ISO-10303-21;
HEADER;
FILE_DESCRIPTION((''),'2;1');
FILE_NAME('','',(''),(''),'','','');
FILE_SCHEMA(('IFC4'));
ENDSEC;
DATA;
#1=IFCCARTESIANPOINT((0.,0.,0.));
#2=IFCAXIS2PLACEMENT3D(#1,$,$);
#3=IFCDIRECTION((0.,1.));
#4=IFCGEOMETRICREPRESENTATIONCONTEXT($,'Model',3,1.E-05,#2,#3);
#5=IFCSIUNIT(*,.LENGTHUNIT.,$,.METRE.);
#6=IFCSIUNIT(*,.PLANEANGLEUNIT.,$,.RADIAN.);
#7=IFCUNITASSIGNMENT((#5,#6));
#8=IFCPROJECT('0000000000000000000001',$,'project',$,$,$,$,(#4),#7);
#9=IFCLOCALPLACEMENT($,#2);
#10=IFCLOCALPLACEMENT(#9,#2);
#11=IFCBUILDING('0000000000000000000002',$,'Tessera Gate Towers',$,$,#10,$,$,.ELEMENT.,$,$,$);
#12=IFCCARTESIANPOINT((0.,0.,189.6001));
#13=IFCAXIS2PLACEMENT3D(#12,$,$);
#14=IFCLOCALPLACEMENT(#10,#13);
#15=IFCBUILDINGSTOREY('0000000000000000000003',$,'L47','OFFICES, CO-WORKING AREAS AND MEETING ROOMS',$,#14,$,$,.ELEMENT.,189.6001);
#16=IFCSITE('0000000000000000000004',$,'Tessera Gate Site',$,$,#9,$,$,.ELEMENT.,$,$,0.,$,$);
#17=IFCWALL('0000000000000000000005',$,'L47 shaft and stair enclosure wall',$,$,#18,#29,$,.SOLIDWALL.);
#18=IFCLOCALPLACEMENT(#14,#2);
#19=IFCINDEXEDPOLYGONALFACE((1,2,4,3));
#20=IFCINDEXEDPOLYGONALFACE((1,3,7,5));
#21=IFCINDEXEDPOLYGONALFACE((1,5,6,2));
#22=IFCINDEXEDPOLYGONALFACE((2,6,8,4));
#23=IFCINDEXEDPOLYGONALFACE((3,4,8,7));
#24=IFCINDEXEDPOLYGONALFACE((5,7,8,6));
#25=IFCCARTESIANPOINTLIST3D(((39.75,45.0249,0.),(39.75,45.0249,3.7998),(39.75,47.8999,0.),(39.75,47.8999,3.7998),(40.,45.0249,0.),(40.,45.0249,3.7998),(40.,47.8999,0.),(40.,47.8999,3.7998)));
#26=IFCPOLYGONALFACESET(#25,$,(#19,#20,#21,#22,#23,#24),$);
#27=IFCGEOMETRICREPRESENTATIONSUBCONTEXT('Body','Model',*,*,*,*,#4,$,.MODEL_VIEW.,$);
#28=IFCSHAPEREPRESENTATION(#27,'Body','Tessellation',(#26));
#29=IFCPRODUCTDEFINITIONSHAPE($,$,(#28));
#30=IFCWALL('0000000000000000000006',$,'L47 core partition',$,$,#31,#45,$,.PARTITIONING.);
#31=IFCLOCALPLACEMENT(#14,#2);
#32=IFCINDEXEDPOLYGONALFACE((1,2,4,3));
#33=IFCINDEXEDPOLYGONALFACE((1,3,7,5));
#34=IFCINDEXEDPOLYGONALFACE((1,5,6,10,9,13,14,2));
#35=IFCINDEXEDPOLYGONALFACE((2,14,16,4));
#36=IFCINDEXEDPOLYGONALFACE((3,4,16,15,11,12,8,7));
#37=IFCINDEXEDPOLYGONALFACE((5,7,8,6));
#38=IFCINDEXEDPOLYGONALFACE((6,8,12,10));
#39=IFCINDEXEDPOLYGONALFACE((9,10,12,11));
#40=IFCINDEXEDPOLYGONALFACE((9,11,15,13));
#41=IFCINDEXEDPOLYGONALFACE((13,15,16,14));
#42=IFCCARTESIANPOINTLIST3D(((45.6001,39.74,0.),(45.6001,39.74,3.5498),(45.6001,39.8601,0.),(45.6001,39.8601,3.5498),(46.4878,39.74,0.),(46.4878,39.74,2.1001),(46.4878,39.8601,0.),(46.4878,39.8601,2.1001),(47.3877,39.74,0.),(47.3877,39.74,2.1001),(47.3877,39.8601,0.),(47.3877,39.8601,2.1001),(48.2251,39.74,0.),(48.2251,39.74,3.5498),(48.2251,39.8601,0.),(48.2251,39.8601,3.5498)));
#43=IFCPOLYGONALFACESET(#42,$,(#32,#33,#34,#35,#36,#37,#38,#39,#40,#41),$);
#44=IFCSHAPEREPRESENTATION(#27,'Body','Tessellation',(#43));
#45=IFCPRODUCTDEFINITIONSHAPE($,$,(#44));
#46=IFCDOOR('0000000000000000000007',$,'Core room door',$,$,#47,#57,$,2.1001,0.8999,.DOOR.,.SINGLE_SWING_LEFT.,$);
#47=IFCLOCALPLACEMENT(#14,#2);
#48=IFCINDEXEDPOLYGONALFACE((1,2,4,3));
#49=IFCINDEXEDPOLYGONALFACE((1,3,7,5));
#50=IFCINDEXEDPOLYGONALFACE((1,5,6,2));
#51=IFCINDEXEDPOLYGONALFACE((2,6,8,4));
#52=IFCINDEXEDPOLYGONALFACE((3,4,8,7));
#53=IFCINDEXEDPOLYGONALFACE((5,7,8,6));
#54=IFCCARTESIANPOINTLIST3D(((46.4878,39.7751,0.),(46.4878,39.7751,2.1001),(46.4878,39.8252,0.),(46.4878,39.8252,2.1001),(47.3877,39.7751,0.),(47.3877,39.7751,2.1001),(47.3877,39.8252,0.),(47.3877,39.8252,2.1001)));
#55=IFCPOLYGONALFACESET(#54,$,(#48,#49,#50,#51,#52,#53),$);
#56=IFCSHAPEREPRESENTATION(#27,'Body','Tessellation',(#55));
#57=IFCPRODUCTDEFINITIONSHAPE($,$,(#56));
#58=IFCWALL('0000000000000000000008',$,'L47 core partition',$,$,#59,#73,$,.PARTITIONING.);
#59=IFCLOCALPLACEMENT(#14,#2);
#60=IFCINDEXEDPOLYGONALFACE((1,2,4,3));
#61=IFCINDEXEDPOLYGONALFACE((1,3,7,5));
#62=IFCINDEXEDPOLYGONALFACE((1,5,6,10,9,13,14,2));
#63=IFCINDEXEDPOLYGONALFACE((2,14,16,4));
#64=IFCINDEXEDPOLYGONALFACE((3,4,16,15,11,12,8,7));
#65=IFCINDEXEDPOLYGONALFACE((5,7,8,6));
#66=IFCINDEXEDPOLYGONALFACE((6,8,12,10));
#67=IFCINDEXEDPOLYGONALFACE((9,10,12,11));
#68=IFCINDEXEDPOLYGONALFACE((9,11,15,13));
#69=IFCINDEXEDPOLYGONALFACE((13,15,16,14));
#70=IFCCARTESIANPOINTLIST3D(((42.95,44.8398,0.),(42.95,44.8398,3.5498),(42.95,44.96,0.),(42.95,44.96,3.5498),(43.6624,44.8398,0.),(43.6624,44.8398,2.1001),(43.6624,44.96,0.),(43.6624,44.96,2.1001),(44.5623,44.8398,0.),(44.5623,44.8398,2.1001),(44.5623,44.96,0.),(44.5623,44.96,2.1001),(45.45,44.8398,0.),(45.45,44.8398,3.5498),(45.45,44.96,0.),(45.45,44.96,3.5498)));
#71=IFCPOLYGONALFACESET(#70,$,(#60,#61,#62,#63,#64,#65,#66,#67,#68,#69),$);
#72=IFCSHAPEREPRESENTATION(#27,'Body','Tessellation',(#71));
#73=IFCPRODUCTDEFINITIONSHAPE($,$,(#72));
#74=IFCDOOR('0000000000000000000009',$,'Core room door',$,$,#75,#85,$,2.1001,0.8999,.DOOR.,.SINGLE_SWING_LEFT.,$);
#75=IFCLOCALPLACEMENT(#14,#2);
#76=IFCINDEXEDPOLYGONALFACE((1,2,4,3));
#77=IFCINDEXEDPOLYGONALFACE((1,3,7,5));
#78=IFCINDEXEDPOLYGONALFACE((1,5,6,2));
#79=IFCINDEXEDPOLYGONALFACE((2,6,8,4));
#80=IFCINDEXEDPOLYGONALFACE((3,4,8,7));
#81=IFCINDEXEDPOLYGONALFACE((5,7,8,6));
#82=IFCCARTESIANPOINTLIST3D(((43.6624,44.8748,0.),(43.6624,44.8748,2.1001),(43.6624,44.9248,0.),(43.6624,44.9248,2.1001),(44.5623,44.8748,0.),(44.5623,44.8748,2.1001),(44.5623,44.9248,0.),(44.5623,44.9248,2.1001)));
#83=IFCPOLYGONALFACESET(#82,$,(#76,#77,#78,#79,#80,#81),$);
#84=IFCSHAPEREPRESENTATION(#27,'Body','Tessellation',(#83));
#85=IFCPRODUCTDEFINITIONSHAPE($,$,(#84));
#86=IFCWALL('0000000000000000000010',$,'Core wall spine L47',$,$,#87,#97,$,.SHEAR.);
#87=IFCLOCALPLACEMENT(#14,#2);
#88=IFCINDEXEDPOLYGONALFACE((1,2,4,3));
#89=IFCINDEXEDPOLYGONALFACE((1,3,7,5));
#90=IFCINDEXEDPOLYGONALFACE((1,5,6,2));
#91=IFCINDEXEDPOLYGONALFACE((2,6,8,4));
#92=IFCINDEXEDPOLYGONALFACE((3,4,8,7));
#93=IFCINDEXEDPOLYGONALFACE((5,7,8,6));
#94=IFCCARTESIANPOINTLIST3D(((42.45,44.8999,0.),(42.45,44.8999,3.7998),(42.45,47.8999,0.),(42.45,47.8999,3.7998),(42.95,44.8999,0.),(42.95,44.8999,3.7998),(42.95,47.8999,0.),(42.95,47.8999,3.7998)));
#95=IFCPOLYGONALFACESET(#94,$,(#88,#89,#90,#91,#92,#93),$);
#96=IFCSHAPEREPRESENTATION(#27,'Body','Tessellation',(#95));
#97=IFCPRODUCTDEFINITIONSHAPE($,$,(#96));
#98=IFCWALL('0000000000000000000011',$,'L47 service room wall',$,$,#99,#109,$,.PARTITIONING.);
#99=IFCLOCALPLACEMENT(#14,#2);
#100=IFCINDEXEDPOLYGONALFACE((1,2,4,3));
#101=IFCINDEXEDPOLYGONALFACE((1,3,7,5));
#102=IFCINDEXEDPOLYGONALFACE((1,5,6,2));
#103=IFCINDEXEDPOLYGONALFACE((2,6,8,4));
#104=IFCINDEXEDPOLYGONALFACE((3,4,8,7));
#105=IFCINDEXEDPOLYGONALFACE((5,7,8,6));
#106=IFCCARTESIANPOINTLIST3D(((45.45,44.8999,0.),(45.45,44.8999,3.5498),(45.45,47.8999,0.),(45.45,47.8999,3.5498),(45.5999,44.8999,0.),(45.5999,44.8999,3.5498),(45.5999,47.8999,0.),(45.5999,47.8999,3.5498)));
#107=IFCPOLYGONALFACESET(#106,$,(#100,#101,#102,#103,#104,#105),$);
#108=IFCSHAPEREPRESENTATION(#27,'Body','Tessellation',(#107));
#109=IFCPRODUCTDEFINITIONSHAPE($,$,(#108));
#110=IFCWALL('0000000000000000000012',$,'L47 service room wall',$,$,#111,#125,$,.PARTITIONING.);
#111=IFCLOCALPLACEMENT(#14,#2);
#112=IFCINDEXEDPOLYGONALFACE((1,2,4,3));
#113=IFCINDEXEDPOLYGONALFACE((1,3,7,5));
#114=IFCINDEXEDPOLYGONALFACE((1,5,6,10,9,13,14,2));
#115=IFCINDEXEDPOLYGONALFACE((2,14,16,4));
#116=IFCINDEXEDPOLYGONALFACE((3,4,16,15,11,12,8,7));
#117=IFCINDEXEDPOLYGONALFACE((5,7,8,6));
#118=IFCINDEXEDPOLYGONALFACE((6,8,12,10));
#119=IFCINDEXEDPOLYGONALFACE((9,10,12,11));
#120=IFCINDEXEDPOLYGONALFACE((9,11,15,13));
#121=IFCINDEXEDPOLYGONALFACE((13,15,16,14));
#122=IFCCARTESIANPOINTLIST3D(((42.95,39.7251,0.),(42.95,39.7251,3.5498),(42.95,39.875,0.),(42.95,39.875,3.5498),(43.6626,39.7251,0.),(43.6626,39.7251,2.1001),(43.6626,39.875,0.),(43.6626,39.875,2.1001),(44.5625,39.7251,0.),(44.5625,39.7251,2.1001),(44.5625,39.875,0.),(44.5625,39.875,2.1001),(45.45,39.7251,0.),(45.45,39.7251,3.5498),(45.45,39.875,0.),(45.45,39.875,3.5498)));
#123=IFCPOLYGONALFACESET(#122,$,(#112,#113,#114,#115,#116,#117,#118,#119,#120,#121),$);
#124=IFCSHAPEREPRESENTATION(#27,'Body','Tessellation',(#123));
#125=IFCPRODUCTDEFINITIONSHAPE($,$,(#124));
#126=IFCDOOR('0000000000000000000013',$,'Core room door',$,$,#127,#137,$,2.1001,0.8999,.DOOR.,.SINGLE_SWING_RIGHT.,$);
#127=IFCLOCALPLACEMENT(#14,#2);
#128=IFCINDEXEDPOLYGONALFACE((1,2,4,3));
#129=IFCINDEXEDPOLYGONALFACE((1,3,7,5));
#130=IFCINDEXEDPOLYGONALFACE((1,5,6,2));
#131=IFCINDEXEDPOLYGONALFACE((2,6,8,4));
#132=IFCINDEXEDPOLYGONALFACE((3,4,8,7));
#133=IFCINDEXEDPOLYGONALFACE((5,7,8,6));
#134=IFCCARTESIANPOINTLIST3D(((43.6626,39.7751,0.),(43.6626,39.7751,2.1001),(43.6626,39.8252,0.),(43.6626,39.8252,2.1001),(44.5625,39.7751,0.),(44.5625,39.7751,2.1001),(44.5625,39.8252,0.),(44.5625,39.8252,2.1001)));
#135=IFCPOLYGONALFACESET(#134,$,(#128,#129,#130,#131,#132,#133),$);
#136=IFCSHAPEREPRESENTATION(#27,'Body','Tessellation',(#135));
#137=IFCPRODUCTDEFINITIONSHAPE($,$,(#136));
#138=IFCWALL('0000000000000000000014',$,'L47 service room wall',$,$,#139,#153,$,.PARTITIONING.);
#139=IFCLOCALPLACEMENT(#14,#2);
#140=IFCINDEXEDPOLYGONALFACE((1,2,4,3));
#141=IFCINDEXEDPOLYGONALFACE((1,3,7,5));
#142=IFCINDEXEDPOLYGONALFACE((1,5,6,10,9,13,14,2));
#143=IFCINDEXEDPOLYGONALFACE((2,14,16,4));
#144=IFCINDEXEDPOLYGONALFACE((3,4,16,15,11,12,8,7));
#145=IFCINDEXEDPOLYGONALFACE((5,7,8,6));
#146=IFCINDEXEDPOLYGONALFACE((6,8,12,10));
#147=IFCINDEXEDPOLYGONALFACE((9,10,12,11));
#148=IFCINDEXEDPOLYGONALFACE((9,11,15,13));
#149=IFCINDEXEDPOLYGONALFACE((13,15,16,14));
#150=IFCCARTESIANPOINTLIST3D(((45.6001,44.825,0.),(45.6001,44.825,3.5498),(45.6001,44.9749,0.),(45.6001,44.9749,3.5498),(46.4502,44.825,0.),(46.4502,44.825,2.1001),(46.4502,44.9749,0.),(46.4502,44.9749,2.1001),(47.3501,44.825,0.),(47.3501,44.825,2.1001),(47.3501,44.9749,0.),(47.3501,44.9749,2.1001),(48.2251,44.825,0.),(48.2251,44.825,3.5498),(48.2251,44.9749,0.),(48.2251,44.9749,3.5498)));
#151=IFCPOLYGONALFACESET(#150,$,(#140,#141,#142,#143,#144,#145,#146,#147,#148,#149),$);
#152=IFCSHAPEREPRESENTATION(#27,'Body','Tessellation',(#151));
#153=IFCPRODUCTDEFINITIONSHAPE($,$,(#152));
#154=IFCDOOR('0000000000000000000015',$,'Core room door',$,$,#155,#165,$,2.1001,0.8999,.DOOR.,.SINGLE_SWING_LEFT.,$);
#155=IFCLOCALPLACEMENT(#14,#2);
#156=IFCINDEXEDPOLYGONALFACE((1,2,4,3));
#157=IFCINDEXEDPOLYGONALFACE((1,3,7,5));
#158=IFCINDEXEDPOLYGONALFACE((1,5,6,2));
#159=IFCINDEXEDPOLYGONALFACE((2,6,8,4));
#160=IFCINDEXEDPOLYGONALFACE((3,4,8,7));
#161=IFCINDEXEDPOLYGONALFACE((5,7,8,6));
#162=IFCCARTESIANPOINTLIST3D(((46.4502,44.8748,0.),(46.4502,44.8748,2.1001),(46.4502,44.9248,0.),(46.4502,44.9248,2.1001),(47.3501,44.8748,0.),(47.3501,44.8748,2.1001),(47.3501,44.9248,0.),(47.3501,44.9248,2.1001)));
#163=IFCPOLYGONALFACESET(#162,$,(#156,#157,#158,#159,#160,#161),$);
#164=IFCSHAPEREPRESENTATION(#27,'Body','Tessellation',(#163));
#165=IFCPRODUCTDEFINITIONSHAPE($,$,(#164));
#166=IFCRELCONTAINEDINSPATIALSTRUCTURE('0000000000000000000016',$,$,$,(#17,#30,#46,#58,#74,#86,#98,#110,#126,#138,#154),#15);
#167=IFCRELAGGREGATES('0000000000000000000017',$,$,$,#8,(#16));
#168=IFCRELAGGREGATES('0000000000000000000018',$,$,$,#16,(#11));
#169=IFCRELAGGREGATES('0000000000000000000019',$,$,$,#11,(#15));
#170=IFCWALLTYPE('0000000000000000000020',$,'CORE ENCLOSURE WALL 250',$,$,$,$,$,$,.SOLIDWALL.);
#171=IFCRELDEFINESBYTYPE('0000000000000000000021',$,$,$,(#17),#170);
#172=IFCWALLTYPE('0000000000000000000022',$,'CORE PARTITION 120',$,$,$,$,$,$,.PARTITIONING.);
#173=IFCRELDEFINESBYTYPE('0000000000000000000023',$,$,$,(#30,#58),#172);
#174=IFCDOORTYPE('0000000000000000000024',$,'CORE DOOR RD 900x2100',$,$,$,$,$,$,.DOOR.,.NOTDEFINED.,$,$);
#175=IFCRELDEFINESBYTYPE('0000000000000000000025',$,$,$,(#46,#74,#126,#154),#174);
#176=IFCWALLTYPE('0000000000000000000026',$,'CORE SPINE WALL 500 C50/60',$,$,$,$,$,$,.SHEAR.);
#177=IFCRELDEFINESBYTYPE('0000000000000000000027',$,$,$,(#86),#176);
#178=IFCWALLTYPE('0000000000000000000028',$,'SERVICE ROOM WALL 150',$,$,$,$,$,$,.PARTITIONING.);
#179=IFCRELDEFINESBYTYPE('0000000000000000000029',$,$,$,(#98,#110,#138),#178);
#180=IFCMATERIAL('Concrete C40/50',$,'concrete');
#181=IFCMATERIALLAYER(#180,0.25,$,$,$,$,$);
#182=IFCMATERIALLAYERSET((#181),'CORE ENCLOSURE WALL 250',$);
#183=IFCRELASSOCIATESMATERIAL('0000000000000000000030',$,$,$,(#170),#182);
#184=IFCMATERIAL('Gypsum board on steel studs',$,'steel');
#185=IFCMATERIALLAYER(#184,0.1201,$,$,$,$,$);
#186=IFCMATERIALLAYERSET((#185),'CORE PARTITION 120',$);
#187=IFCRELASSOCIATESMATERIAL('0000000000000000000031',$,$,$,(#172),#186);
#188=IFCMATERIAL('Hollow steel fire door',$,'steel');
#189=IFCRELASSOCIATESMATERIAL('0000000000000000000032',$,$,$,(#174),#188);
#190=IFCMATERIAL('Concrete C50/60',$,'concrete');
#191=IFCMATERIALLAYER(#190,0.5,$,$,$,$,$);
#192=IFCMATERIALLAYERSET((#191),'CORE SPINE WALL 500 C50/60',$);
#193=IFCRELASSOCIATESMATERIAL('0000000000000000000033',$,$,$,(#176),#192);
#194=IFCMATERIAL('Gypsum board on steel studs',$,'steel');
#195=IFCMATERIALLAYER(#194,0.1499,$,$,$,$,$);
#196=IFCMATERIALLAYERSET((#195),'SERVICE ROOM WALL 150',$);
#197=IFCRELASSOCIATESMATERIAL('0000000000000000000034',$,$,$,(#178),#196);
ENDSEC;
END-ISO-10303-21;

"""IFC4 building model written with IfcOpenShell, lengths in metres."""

from ifc_helpers import new_model, si_unit, direction, frame, frame_2d, origin, place, context, subcontext, project, spatial, rectangle, extrude, source, transform, mapped, material, layer, layer_set, type_object, element, fill, save


model = new_model("IFC4")

# Units and contexts
model_context = context("Model", 3, precision=1e-05, world=origin(), true_north=direction((0.0, 1.0)))
body_context = subcontext(model_context, "Body", "Model", "MODEL_VIEW")
ifc_project = project(units=[si_unit("LENGTHUNIT", "METRE"), si_unit("PLANEANGLEUNIT", "RADIAN")], contexts=[model_context])

# Site, building, storey
site_placement = place(None, origin())
site = spatial("IfcSite", under=ifc_project, at=site_placement, Name="Tessera Gate Site", CompositionType="ELEMENT", RefElevation=0.0)
building_placement = place(site_placement, origin())
building = spatial("IfcBuilding", under=site, at=building_placement, Name="Tessera Gate Towers", CompositionType="ELEMENT")
storey_placement = place(building_placement, frame((0.0, 0.0, 189.6001)))
storey = spatial("IfcBuildingStorey", under=building, at=storey_placement, Name="L47", Description="OFFICES, CO-WORKING AREAS AND MEETING ROOMS", CompositionType="ELEMENT", Elevation=189.6001)

# Shared definitions
ifc_material_1 = material(Name="Concrete C40/50", Category="concrete")
ifc_layer_1 = layer(ifc_material_1, 0.25)
ifc_layer_set_1 = layer_set([ifc_layer_1], Name="CORE ENCLOSURE WALL 250")
wall_type_1 = type_object("IfcWallType", Name="CORE ENCLOSURE WALL 250", PredefinedType="SOLIDWALL", material=ifc_layer_set_1)

# Wall
for number, where, z_axis, x_axis, name in (
    (1, (39.875, 45.0249, 0.0), (0.0, 0.0, 1.0), (0.0, 1.0, 0.0), "L47 shaft and stair enclosure wall"),
):
    element("IfcWall", number, at=place(storey_placement, frame(where, z_axis=z_axis, x_axis=x_axis)), inside=storey, type_object=wall_type_1, Name=name, PredefinedType="SOLIDWALL", context=body_context, shape_type="SweptSolid", body=[
        extrude(rectangle(XDim=2.875, YDim=0.25, at=frame_2d((1.4375, 0.0))), origin(), (0.0, 0.0, 1.0), 3.7998),
    ])

# Walls, openings, doors
ifc_material_2 = material(Name="Gypsum board on steel studs", Category="steel")
ifc_layer_2 = layer(ifc_material_2, 0.1201)
ifc_layer_set_2 = layer_set([ifc_layer_2], Name="CORE PARTITION 120")
wall_type_2 = type_object("IfcWallType", Name="CORE PARTITION 120", PredefinedType="PARTITIONING", material=ifc_layer_set_2)
wall_1_placement = place(storey_placement, frame((48.2251, 39.8, 0.0), z_axis=(0.0, 0.0, 1.0), x_axis=(-1.0, 0.0, 0.0)))
wall_1 = element("IfcWall", 2, at=wall_1_placement, inside=storey, type_object=wall_type_2, Name="L47 core partition", PredefinedType="PARTITIONING", context=body_context, shape_type="SweptSolid", body=[
    extrude(rectangle(XDim=2.625, YDim=0.1201, at=frame_2d((1.3125, 0.0))), origin(), (0.0, 0.0, 1.0), 3.5498),
])
shared_shape_1 = source(origin(), body_context, "Body", "SweptSolid", [
    extrude(rectangle(XDim=0.8999, YDim=2.1001, at=frame_2d((0.45, 1.05))), frame((0.0, 0.0701, 0.0), z_axis=(0.0, -1.0, 0.0), x_axis=(1.0, 0.0, 0.0)), (0.0, 0.0, 1.0), 0.1401),
])
opening_1_placement = place(wall_1_placement, frame((0.8374, 0.0, 0.0)))
opening_1 = element("IfcOpeningElement", 3, at=opening_1_placement, cuts=wall_1, PredefinedType="OPENING", context=body_context, shape_type="MappedRepresentation", body=[
    mapped(shared_shape_1, transform((0.0, 0.0, 0.0), scale=1.0)),
])
ifc_material_3 = material(Name="Hollow steel fire door", Category="steel")
door_type_1 = type_object("IfcDoorType", Name="CORE DOOR RD 900x2100", OperationType="NOTDEFINED", PredefinedType="DOOR", material=ifc_material_3)
shared_shape_2 = source(origin(), body_context, "Body", "SweptSolid", [
    extrude(rectangle(XDim=0.8999, YDim=2.1001, at=frame_2d((0.45, 1.05))), frame((0.0, 0.0249, 0.0), z_axis=(0.0, -1.0, 0.0), x_axis=(1.0, 0.0, 0.0)), (0.0, 0.0, 1.0), 0.05),
])
door_1_placement = place(opening_1_placement, origin())
door_1 = element("IfcDoor", 4, at=door_1_placement, inside=storey, type_object=door_type_1, Name="Core room door", OperationType="SINGLE_SWING_LEFT", OverallHeight=2.1001, OverallWidth=0.8999, PredefinedType="DOOR", context=body_context, shape_type="MappedRepresentation", body=[
    mapped(shared_shape_2, transform((0.0, 0.0, 0.0), scale=1.0)),
])
fill(opening_1, door_1)
wall_2_placement = place(storey_placement, frame((42.95, 44.8999, 0.0), z_axis=(0.0, 0.0, 1.0), x_axis=(1.0, 0.0, 0.0)))
wall_2 = element("IfcWall", 5, at=wall_2_placement, inside=storey, type_object=wall_type_2, Name="L47 core partition", PredefinedType="PARTITIONING", context=body_context, shape_type="SweptSolid", body=[
    extrude(rectangle(XDim=2.5, YDim=0.1201, at=frame_2d((1.25, 0.0))), origin(), (0.0, 0.0, 1.0), 3.5498),
])
opening_2_placement = place(wall_2_placement, frame((0.7124, 0.0, 0.0)))
opening_2 = element("IfcOpeningElement", 6, at=opening_2_placement, cuts=wall_2, PredefinedType="OPENING", context=body_context, shape_type="MappedRepresentation", body=[
    mapped(shared_shape_1, transform((0.0, 0.0, 0.0), scale=1.0)),
])
door_2_placement = place(opening_2_placement, origin())
door_2 = element("IfcDoor", 7, at=door_2_placement, inside=storey, type_object=door_type_1, Name="Core room door", OperationType="SINGLE_SWING_LEFT", OverallHeight=2.1001, OverallWidth=0.8999, PredefinedType="DOOR", context=body_context, shape_type="MappedRepresentation", body=[
    mapped(shared_shape_2, transform((0.0, 0.0, 0.0), scale=1.0)),
])
fill(opening_2, door_2)

# Walls
ifc_material_4 = material(Name="Concrete C50/60", Category="concrete")
ifc_layer_3 = layer(ifc_material_4, 0.5)
ifc_layer_set_3 = layer_set([ifc_layer_3], Name="CORE SPINE WALL 500 C50/60")
wall_type_3 = type_object("IfcWallType", Name="CORE SPINE WALL 500 C50/60", PredefinedType="SHEAR", material=ifc_layer_set_3)
wall_3_placement = place(storey_placement, frame((42.7, 44.8999, 0.0), z_axis=(0.0, 0.0, 1.0), x_axis=(0.0, 1.0, 0.0)))
element("IfcWall", 8, at=wall_3_placement, inside=storey, type_object=wall_type_3, Name="Core wall spine L47", PredefinedType="SHEAR", context=body_context, shape_type="SweptSolid", body=[
    extrude(rectangle(XDim=3.0, YDim=0.5, at=frame_2d((1.5, 0.0))), origin(), (0.0, 0.0, 1.0), 3.7998),
])
ifc_material_5 = material(Name="Gypsum board on steel studs", Category="steel")
ifc_layer_4 = layer(ifc_material_5, 0.1499)
ifc_layer_set_4 = layer_set([ifc_layer_4], Name="SERVICE ROOM WALL 150")
wall_type_4 = type_object("IfcWallType", Name="SERVICE ROOM WALL 150", PredefinedType="PARTITIONING", material=ifc_layer_set_4)
wall_4_placement = place(storey_placement, frame((45.5249, 44.8999, 0.0), z_axis=(0.0, 0.0, 1.0), x_axis=(0.0, 1.0, 0.0)))
element("IfcWall", 9, at=wall_4_placement, inside=storey, type_object=wall_type_4, Name="L47 service room wall", PredefinedType="PARTITIONING", context=body_context, shape_type="SweptSolid", body=[
    extrude(rectangle(XDim=3.0, YDim=0.1499, at=frame_2d((1.5, 0.0))), origin(), (0.0, 0.0, 1.0), 3.5498),
])

# Walls, openings, doors
wall_5_placement = place(storey_placement, frame((45.45, 39.8, 0.0), z_axis=(0.0, 0.0, 1.0), x_axis=(-1.0, 0.0, 0.0)))
wall_5 = element("IfcWall", 10, at=wall_5_placement, inside=storey, type_object=wall_type_4, Name="L47 service room wall", PredefinedType="PARTITIONING", context=body_context, shape_type="SweptSolid", body=[
    extrude(rectangle(XDim=2.5, YDim=0.1499, at=frame_2d((1.25, 0.0))), origin(), (0.0, 0.0, 1.0), 3.5498),
])
shared_shape_3 = source(origin(), body_context, "Body", "SweptSolid", [
    extrude(rectangle(XDim=0.8999, YDim=2.1001, at=frame_2d((0.45, 1.05))), frame((0.0, 0.085, 0.0), z_axis=(0.0, -1.0, 0.0), x_axis=(1.0, 0.0, 0.0)), (0.0, 0.0, 1.0), 0.1699),
])
opening_3_placement = place(wall_5_placement, frame((0.8875, 0.0, 0.0)))
opening_3 = element("IfcOpeningElement", 11, at=opening_3_placement, cuts=wall_5, PredefinedType="OPENING", context=body_context, shape_type="MappedRepresentation", body=[
    mapped(shared_shape_3, transform((0.0, 0.0, 0.0), scale=1.0)),
])
door_3_placement = place(opening_3_placement, origin())
door_3 = element("IfcDoor", 12, at=door_3_placement, inside=storey, type_object=door_type_1, Name="Core room door", OperationType="SINGLE_SWING_RIGHT", OverallHeight=2.1001, OverallWidth=0.8999, PredefinedType="DOOR", context=body_context, shape_type="MappedRepresentation", body=[
    mapped(shared_shape_2, transform((0.0, 0.0, 0.0), scale=1.0)),
])
fill(opening_3, door_3)
wall_6_placement = place(storey_placement, frame((45.6001, 44.8999, 0.0), z_axis=(0.0, 0.0, 1.0), x_axis=(1.0, 0.0, 0.0)))
wall_6 = element("IfcWall", 13, at=wall_6_placement, inside=storey, type_object=wall_type_4, Name="L47 service room wall", PredefinedType="PARTITIONING", context=body_context, shape_type="SweptSolid", body=[
    extrude(rectangle(XDim=2.625, YDim=0.1499, at=frame_2d((1.3125, 0.0))), origin(), (0.0, 0.0, 1.0), 3.5498),
])
opening_4_placement = place(wall_6_placement, frame((0.8501, 0.0, 0.0)))
opening_4 = element("IfcOpeningElement", 14, at=opening_4_placement, cuts=wall_6, PredefinedType="OPENING", context=body_context, shape_type="MappedRepresentation", body=[
    mapped(shared_shape_3, transform((0.0, 0.0, 0.0), scale=1.0)),
])
door_4_placement = place(opening_4_placement, origin())
door_4 = element("IfcDoor", 15, at=door_4_placement, inside=storey, type_object=door_type_1, Name="Core room door", OperationType="SINGLE_SWING_LEFT", OverallHeight=2.1001, OverallWidth=0.8999, PredefinedType="DOOR", context=body_context, shape_type="MappedRepresentation", body=[
    mapped(shared_shape_2, transform((0.0, 0.0, 0.0), scale=1.0)),
])
fill(opening_4, door_4)

save(model, "model.ifc")
